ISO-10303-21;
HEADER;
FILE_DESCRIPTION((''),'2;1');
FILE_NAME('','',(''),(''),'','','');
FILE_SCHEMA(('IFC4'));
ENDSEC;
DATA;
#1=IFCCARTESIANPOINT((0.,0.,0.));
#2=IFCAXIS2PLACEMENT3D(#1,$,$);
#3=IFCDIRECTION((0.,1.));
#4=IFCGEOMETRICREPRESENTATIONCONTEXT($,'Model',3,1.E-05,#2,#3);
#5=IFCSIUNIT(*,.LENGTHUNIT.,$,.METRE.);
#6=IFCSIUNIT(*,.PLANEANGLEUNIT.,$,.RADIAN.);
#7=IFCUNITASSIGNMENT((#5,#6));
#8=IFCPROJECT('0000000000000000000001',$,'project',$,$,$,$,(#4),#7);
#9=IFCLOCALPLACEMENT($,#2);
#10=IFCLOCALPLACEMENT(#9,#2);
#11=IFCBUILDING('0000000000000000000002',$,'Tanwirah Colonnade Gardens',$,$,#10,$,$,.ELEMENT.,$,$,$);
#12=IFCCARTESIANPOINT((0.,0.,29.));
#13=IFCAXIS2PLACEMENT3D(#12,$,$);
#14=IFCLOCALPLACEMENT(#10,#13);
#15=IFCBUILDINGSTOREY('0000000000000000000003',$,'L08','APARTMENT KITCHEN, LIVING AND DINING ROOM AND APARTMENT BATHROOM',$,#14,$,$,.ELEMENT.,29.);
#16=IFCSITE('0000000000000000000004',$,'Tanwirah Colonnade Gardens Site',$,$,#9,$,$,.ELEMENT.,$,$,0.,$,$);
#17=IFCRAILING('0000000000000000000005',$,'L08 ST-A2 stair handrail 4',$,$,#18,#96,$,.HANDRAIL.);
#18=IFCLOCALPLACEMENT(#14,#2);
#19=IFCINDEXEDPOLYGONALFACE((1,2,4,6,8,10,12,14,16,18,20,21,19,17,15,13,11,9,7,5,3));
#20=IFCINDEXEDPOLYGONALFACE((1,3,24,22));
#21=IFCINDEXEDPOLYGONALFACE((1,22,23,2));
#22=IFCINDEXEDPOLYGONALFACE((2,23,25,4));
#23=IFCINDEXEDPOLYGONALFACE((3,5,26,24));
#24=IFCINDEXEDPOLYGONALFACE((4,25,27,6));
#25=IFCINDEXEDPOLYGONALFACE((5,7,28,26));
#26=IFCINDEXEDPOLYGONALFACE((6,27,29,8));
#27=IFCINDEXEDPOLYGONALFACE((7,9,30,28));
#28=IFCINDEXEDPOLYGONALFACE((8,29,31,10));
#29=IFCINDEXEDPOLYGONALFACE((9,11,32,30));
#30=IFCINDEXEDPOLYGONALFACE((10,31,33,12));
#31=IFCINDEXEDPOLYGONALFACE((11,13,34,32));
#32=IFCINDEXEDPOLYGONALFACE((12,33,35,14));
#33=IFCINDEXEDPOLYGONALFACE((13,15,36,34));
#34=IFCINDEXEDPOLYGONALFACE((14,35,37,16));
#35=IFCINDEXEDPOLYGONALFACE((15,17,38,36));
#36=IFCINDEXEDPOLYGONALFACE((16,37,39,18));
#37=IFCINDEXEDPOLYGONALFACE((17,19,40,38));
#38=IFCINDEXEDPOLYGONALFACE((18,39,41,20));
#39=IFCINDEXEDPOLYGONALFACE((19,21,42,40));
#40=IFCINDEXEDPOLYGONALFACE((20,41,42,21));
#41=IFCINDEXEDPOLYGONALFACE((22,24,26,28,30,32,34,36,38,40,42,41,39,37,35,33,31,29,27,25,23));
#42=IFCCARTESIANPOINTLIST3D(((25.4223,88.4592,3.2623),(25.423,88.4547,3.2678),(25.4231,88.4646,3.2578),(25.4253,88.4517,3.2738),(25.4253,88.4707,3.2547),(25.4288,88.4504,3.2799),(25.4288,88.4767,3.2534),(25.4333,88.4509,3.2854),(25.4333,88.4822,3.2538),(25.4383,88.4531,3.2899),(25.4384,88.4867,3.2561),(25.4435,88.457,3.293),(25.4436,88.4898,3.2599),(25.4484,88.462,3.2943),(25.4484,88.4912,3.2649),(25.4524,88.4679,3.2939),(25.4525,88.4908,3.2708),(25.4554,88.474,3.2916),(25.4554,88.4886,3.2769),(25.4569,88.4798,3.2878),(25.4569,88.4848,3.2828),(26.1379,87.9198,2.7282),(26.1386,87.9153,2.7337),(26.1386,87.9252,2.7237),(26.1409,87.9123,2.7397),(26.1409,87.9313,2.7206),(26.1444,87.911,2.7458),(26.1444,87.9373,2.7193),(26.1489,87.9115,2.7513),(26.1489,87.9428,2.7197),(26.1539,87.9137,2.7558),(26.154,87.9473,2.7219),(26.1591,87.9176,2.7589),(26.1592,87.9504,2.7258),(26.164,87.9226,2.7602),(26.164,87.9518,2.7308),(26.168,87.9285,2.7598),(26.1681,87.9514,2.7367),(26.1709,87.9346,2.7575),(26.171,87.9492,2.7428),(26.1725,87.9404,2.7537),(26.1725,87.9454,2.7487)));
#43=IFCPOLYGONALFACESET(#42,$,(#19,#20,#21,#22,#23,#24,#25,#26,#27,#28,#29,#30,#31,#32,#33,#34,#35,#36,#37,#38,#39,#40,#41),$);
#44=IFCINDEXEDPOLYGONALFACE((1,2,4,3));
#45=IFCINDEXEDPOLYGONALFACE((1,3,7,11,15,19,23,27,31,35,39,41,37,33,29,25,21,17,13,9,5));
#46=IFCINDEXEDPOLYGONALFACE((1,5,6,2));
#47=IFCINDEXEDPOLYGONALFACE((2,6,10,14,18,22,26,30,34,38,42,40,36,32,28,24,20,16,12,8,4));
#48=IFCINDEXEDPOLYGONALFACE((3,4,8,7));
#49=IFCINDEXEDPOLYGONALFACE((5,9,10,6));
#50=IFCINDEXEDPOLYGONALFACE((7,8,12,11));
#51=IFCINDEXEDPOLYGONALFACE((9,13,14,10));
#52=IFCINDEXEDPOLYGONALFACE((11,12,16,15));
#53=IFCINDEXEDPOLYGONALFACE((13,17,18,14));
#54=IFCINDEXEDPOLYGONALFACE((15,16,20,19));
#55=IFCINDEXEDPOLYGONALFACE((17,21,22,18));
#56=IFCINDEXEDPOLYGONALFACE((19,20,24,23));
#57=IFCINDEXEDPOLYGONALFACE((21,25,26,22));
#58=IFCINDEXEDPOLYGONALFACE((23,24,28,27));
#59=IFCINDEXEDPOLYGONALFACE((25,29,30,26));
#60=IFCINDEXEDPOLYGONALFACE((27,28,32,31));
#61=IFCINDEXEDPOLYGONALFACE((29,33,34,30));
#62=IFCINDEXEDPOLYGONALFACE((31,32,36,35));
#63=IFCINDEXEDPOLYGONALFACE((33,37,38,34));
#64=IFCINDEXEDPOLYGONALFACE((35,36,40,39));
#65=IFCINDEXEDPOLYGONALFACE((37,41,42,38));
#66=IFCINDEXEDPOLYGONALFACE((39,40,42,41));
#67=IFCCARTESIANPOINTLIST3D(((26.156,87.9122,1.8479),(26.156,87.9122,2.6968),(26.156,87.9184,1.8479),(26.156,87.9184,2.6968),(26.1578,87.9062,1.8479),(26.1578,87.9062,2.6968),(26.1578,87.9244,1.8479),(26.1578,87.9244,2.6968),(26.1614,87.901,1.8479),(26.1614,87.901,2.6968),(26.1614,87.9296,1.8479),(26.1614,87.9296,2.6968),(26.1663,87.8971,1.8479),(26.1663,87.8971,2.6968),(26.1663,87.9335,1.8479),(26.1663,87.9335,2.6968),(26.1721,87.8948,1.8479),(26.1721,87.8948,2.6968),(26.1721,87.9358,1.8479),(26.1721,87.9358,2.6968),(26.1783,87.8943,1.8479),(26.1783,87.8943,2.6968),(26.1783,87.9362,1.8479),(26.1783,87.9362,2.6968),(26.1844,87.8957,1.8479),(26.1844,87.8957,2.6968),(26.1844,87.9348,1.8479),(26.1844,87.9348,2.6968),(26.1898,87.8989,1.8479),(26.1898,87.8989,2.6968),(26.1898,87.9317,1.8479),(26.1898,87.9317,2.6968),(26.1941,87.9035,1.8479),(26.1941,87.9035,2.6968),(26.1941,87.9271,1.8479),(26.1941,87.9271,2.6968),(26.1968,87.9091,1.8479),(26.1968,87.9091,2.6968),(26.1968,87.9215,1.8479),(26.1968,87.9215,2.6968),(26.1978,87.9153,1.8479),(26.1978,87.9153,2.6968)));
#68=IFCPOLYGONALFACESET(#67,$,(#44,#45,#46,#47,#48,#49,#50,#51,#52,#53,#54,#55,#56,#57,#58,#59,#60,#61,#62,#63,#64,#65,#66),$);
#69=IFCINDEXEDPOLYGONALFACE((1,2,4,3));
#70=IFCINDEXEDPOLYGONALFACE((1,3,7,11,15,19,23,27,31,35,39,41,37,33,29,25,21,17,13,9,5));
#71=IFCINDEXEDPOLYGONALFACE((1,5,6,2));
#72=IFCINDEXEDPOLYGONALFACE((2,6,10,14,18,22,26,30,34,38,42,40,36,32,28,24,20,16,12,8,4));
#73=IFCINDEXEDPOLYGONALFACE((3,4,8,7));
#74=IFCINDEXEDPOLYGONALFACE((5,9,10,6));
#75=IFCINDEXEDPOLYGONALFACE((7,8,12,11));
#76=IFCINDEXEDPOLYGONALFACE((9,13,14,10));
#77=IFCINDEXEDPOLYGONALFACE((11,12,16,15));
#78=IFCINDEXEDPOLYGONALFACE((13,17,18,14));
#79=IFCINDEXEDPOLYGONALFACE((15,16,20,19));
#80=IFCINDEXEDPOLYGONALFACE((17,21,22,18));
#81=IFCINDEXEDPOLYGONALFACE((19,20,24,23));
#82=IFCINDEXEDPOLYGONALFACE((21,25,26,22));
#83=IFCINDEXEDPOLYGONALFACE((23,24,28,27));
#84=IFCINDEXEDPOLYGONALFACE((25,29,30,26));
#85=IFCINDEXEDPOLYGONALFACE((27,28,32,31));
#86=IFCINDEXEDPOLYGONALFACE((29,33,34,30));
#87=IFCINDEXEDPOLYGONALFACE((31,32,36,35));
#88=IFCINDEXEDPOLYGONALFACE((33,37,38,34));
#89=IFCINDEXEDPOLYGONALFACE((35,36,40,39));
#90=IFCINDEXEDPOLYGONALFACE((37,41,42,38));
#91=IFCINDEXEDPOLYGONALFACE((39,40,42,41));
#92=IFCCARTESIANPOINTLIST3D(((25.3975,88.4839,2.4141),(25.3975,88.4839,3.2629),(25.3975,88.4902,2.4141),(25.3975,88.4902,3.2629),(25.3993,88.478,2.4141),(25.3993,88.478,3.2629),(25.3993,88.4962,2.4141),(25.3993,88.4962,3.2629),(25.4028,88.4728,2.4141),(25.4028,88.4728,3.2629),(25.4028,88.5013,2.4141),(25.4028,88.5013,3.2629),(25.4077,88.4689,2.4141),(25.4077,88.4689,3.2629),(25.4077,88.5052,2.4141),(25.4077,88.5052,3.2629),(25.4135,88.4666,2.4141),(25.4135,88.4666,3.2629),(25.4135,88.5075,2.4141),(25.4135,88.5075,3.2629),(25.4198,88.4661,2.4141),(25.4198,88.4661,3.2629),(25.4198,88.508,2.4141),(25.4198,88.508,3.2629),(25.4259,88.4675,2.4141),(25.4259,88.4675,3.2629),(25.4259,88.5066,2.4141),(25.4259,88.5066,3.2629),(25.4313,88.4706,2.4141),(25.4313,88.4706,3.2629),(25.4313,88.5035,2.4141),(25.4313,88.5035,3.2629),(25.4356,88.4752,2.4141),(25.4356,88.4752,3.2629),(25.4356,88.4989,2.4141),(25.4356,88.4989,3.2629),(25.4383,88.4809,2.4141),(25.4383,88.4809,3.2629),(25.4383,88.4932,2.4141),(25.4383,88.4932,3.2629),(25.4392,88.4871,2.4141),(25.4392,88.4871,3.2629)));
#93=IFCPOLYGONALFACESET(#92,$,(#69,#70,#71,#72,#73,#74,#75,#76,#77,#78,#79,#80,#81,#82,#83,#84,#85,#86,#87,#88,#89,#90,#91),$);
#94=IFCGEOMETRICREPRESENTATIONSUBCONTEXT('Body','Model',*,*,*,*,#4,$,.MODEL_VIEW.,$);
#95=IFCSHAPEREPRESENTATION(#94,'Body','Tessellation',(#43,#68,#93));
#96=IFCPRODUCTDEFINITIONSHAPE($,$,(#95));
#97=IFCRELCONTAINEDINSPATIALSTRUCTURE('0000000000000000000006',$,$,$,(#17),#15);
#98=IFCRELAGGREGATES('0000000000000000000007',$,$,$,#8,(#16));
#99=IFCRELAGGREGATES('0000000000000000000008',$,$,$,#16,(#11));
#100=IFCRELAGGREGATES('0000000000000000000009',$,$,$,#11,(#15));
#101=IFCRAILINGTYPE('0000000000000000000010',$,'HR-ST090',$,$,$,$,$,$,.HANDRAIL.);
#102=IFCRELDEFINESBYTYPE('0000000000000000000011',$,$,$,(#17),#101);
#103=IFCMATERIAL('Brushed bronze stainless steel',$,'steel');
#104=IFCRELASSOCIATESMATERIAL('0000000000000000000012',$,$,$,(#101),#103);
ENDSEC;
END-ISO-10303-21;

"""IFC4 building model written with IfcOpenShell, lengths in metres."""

from ifc_helpers import new_model, si_unit, direction, frame, origin, origin_2d, place, context, subcontext, project, spatial, circle, extrude, material, type_object, element, save


model = new_model("IFC4")

# Units and contexts
model_context = context("Model", 3, precision=1e-05, world=origin(), true_north=direction((0.0, 1.0)))
body_context = subcontext(model_context, "Body", "Model", "MODEL_VIEW")
ifc_project = project(units=[si_unit("LENGTHUNIT", "METRE"), si_unit("PLANEANGLEUNIT", "RADIAN")], contexts=[model_context])

# Site, building, storey
site_placement = place(None, origin())
site = spatial("IfcSite", under=ifc_project, at=site_placement, Name="Tanwirah Colonnade Gardens Site", CompositionType="ELEMENT", RefElevation=0.0)
building_placement = place(site_placement, origin())
building = spatial("IfcBuilding", under=site, at=building_placement, Name="Tanwirah Colonnade Gardens", CompositionType="ELEMENT")
storey_placement = place(building_placement, frame((0.0, 0.0, 29.0)))
storey = spatial("IfcBuildingStorey", under=building, at=storey_placement, Name="L08", Description="APARTMENT KITCHEN, LIVING AND DINING ROOM AND APARTMENT BATHROOM", CompositionType="ELEMENT", Elevation=29.0)

# Railing
ifc_material_1 = material(Name="Brushed bronze stainless steel", Category="steel")
railing_type_1 = type_object("IfcRailingType", Name="HR-ST090", PredefinedType="HANDRAIL", material=ifc_material_1)
railing_1_placement = place(storey_placement, frame((26.1768, 87.9153, 1.8479)))
element("IfcRailing", 1, at=railing_1_placement, inside=storey, type_object=railing_type_1, Name="L08 ST-A2 stair handrail 4", PredefinedType="HANDRAIL", context=body_context, shape_type="SweptSolid", body=[
    extrude(circle(Radius=0.0239, at=origin_2d()), frame((-0.0215, 0.0161, 0.8918), z_axis=(-0.685951, 0.517057, 0.511979), x_axis=(-0.601931, -0.798548, 0.0)), (0.0, 0.0, 1.0), 1.0432),
    extrude(circle(Radius=0.021, at=origin_2d()), origin(), (0.0, 0.0, 1.0), 0.8489),
    extrude(circle(Radius=0.021, at=origin_2d()), frame((-0.7585, 0.5718, 0.5662)), (0.0, 0.0, 1.0), 0.8489),
])

save(model, "model.ifc")
